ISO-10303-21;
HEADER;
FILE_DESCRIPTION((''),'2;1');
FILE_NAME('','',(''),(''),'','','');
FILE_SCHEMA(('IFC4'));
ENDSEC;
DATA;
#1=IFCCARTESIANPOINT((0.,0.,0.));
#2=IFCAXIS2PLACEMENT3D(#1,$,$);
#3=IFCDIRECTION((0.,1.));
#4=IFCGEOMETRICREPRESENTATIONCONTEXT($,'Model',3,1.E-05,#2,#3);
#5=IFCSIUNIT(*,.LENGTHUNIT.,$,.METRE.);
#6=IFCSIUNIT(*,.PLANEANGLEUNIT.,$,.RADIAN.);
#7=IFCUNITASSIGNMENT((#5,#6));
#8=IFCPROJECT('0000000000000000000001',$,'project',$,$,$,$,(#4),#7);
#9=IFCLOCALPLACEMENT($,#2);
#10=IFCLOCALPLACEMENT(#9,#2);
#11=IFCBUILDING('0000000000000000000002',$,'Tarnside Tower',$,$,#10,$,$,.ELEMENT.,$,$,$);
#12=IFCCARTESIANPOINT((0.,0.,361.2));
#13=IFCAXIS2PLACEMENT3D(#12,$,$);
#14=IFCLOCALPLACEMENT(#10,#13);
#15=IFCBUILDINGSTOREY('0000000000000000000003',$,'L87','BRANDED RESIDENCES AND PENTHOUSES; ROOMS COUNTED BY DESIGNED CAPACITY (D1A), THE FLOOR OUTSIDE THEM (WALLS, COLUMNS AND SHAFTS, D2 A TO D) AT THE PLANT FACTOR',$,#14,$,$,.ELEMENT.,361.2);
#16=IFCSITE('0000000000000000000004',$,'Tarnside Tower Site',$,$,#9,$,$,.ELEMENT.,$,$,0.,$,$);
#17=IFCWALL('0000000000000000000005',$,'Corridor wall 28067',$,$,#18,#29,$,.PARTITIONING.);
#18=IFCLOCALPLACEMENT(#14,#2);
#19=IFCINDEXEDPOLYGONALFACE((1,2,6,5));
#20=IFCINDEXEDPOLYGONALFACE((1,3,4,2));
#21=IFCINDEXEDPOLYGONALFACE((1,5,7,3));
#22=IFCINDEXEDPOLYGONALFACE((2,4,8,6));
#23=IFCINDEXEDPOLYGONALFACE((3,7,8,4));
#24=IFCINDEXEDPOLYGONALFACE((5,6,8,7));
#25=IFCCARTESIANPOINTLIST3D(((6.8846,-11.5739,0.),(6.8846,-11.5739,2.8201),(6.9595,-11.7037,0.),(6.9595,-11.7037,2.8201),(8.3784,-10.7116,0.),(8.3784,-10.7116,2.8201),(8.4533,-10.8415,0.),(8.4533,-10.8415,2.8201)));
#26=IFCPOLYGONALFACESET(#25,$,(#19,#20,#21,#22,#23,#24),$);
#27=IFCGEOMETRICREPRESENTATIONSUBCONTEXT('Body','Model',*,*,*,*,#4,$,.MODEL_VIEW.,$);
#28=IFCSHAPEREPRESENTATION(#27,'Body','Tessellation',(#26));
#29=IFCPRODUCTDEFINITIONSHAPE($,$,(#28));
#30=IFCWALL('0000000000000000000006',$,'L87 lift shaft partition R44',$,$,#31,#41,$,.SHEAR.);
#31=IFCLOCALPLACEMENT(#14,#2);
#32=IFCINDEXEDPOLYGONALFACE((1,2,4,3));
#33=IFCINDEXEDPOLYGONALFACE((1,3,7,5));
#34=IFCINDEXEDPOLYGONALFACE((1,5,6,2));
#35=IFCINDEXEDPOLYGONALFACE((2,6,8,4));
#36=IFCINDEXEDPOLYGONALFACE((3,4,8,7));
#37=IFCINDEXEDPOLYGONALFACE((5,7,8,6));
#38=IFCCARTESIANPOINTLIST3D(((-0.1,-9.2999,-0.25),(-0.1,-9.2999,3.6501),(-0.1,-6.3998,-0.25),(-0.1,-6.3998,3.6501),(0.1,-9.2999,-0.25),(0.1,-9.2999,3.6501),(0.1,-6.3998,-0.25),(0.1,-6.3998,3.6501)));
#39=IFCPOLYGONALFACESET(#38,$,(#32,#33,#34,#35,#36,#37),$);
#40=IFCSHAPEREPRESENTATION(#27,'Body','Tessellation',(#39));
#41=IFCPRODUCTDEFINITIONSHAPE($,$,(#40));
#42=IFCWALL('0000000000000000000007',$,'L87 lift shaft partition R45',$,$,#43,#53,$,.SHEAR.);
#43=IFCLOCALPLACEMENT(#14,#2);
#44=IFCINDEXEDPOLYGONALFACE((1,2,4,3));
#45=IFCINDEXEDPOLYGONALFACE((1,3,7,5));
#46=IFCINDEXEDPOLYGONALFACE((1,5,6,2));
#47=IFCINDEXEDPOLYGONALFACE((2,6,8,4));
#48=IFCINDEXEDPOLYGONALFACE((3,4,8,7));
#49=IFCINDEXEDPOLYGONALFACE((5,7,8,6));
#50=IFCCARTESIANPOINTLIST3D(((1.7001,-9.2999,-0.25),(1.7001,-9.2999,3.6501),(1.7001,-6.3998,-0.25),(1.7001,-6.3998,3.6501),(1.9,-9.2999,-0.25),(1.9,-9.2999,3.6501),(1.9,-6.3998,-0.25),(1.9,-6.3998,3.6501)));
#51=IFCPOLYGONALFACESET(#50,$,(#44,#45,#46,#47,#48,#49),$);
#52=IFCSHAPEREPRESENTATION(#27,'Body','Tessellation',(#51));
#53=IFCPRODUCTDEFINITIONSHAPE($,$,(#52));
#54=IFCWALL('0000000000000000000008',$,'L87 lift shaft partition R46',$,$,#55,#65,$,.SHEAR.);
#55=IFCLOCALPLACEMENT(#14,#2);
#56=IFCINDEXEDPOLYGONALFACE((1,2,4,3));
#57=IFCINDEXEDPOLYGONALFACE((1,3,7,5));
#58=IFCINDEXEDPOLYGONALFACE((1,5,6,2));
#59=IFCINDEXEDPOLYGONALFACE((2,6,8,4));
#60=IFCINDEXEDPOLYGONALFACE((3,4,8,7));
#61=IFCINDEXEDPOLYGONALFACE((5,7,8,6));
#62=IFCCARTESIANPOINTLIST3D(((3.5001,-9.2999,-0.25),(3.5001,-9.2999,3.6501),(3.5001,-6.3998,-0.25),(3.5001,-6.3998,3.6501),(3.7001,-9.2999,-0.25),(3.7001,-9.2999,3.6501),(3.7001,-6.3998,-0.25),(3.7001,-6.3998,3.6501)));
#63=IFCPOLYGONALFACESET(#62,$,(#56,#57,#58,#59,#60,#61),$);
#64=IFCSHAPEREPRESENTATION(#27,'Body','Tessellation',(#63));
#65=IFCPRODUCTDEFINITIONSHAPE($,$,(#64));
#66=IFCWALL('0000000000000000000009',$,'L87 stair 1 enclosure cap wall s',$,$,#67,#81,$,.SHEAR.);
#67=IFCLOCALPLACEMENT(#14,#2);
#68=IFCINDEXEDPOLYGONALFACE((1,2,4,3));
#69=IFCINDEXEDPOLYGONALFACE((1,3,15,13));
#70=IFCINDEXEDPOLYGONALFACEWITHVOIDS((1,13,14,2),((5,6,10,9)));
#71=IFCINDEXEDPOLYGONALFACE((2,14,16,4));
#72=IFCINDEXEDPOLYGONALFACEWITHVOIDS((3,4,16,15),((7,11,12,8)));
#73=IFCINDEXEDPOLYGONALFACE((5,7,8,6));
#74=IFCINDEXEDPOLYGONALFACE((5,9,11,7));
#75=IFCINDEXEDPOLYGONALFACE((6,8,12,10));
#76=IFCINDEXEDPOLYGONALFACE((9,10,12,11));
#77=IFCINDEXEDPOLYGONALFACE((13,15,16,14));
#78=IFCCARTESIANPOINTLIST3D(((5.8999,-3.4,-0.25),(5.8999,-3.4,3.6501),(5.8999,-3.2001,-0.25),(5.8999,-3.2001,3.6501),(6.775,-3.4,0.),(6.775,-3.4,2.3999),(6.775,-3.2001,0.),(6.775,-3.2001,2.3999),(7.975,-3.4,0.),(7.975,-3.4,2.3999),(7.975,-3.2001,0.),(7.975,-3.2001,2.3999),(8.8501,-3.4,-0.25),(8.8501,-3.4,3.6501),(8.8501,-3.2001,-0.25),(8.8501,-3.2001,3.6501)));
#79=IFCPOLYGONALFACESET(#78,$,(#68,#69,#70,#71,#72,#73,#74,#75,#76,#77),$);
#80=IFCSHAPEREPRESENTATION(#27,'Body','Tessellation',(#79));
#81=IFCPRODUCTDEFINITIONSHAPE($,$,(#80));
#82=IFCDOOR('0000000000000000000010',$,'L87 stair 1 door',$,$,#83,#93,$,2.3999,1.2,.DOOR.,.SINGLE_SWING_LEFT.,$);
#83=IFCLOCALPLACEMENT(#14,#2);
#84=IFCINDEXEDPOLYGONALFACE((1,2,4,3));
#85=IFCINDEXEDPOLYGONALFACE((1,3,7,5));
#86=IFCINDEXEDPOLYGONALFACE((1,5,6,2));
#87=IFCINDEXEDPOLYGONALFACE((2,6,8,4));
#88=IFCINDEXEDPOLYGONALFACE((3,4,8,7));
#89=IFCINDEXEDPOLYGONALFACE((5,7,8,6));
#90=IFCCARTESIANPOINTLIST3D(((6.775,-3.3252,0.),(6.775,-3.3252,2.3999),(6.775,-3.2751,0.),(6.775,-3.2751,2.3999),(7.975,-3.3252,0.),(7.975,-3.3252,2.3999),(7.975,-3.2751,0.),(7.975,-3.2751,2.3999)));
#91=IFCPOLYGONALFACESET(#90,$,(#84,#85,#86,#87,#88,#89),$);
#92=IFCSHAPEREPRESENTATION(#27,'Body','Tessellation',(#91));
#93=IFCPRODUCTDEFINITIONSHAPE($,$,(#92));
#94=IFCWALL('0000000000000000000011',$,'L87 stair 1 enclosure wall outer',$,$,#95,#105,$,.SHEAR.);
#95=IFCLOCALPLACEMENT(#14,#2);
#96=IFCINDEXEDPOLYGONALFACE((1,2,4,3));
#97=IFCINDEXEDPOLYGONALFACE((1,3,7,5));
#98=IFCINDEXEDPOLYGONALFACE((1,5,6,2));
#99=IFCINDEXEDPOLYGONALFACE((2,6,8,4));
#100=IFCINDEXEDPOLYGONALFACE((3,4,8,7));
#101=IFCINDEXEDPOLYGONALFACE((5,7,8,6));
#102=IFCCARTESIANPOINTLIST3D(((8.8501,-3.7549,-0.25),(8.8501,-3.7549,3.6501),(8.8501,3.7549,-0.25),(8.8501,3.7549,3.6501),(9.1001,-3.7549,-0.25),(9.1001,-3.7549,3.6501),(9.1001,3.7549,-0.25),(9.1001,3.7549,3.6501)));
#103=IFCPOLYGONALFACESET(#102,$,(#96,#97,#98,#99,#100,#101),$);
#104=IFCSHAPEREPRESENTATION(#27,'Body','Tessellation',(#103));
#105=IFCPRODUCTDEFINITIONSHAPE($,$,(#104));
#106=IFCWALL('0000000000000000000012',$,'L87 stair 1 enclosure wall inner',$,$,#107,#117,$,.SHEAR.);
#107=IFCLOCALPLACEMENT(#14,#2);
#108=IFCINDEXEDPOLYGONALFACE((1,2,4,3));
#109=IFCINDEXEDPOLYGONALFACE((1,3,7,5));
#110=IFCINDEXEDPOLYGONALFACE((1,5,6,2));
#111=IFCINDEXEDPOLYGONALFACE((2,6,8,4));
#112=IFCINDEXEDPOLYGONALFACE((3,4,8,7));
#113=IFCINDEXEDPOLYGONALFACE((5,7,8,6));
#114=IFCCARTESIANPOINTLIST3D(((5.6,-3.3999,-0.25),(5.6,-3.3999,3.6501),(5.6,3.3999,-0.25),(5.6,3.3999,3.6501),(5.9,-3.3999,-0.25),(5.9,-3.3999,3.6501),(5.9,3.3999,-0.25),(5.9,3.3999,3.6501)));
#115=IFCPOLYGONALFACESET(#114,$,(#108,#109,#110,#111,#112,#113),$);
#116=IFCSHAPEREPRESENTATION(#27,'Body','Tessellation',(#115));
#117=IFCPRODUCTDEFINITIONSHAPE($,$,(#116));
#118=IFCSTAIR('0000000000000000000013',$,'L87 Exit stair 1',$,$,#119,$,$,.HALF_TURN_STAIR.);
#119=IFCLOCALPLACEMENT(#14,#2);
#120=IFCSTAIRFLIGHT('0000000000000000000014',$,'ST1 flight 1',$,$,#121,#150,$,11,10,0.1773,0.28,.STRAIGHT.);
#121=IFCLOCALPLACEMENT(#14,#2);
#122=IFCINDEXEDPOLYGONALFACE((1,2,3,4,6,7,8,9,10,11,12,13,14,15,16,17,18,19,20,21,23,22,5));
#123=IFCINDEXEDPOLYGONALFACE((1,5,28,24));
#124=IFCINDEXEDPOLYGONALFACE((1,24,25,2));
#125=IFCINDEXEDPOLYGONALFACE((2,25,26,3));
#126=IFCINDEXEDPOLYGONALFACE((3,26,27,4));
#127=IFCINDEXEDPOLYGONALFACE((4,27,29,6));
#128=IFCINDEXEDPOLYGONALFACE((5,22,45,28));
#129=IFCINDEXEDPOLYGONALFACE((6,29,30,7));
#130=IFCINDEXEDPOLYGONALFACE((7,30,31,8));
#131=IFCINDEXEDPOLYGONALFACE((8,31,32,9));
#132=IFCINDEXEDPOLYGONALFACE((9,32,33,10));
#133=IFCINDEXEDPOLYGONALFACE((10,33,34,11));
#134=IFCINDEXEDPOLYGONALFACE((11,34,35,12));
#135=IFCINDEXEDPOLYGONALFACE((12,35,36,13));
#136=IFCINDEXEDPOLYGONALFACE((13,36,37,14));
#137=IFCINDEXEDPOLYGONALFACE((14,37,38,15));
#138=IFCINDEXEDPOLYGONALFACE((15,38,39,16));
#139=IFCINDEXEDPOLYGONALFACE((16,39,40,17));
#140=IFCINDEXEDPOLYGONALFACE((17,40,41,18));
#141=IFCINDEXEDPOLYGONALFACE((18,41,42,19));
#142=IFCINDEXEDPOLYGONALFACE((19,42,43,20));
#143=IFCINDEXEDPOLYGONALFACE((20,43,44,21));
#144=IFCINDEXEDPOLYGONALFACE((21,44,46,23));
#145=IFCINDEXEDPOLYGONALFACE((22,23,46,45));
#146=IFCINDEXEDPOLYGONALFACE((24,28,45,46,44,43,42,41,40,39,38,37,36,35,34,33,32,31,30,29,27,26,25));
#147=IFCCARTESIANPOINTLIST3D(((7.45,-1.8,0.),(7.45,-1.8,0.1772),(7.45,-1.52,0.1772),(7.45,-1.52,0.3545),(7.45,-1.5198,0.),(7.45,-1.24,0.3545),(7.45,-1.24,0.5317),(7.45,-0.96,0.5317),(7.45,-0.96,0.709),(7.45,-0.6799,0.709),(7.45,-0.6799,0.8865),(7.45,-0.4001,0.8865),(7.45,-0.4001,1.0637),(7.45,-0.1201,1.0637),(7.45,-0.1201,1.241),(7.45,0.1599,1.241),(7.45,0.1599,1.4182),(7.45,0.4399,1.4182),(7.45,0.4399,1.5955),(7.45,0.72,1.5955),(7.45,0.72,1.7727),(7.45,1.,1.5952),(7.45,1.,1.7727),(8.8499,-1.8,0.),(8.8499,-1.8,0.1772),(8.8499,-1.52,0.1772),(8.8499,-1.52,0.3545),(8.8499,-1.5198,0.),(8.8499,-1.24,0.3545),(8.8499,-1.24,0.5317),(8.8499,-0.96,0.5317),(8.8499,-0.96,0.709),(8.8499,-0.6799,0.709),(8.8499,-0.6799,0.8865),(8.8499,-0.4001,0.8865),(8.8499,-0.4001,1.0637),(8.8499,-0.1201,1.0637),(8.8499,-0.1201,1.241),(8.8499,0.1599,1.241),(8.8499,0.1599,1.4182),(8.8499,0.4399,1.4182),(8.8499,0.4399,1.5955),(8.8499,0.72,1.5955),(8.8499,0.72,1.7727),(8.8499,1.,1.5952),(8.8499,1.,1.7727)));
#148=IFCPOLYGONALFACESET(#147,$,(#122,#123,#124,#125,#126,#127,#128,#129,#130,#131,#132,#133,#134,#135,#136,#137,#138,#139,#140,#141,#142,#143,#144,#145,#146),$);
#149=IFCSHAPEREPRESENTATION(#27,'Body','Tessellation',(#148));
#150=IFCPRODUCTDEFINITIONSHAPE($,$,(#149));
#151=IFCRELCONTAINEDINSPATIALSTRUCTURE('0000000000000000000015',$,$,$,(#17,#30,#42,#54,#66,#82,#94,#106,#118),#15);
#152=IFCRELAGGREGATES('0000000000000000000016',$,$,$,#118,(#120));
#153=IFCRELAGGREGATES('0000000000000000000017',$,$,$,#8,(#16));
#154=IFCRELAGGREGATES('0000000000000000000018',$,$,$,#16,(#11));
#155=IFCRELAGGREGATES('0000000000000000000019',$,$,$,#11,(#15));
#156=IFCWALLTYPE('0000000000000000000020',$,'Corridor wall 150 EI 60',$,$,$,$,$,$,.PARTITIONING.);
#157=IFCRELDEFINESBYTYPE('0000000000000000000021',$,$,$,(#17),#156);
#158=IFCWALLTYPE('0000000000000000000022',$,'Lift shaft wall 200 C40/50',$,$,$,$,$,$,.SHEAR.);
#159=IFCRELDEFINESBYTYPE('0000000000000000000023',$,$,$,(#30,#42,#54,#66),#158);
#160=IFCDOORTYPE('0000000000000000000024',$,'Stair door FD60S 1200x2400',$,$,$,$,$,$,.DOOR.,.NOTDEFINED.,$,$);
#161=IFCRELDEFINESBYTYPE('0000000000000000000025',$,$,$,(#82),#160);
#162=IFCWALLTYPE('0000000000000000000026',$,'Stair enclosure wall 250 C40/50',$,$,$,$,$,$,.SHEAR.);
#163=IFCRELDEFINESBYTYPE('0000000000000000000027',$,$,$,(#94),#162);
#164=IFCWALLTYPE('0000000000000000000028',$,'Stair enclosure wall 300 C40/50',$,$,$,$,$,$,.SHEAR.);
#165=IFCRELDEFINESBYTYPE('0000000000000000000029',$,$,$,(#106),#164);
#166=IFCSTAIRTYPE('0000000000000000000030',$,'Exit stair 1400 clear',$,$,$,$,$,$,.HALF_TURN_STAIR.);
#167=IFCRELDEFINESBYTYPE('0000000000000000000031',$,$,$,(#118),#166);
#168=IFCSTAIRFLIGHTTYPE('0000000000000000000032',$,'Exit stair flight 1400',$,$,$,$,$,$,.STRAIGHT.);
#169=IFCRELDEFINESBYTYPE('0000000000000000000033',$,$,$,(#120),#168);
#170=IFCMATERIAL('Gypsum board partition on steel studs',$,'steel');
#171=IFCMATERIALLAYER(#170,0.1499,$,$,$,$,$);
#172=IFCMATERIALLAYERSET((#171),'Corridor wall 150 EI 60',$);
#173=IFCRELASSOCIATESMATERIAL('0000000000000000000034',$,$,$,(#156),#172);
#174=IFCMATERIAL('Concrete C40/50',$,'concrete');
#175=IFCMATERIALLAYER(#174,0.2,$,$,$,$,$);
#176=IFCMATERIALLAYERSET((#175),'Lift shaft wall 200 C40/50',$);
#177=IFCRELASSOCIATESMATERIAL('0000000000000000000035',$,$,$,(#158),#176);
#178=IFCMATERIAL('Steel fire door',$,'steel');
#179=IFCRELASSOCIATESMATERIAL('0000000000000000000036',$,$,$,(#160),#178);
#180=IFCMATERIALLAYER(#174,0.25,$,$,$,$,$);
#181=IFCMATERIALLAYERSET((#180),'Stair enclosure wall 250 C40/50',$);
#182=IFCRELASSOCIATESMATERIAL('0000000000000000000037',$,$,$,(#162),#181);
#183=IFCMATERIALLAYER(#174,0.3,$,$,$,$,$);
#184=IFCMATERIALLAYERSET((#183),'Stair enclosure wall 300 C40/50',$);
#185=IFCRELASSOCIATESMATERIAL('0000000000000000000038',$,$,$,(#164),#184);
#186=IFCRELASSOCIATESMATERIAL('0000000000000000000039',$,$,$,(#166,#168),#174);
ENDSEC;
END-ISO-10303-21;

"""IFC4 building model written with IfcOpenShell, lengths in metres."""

from ifc_helpers import new_model, si_unit, direction, frame, frame_2d, origin, place, context, subcontext, project, spatial, polyline, rectangle, outline, extrude, material, layer, layer_set, type_object, element, fill, aggregate, save


model = new_model("IFC4")

# Units and contexts
model_context = context("Model", 3, precision=1e-05, world=origin(), true_north=direction((0.0, 1.0)))
body_context = subcontext(model_context, "Body", "Model", "MODEL_VIEW")
ifc_project = project(units=[si_unit("LENGTHUNIT", "METRE"), si_unit("PLANEANGLEUNIT", "RADIAN")], contexts=[model_context])

# Site, building, storey
site_placement = place(None, origin())
site = spatial("IfcSite", under=ifc_project, at=site_placement, Name="Tarnside Tower Site", CompositionType="ELEMENT", RefElevation=0.0)
building_placement = place(site_placement, origin())
building = spatial("IfcBuilding", under=site, at=building_placement, Name="Tarnside Tower", CompositionType="ELEMENT")
storey_placement = place(building_placement, frame((0.0, 0.0, 361.2)))
storey = spatial("IfcBuildingStorey", under=building, at=storey_placement, Name="L87", Description="BRANDED RESIDENCES AND PENTHOUSES; ROOMS COUNTED BY DESIGNED CAPACITY (D1A), THE FLOOR OUTSIDE THEM (WALLS, COLUMNS AND SHAFTS, D2 A TO D) AT THE PLANT FACTOR", CompositionType="ELEMENT", Elevation=361.2)

# Shared definitions
ifc_material_1 = material(Name="Concrete C40/50", Category="concrete")
ifc_material_2 = material(Name="Steel fire door", Category="steel")

# Shared definitions
ifc_material_3 = material(Name="Gypsum board partition on steel studs", Category="steel")
ifc_layer_1 = layer(ifc_material_3, 0.1499)
ifc_layer_set_1 = layer_set([ifc_layer_1], Name="Corridor wall 150 EI 60")
wall_type_1 = type_object("IfcWallType", Name="Corridor wall 150 EI 60", PredefinedType="PARTITIONING", material=ifc_layer_set_1)

# Walls
wall_1_placement = place(storey_placement, frame((8.4158, -10.7766, 0.0), z_axis=(0.0, 0.0, 1.0), x_axis=(-0.866075, -0.499914, 0.0)))
element("IfcWall", 1, at=wall_1_placement, inside=storey, type_object=wall_type_1, Name="Corridor wall 28067", PredefinedType="PARTITIONING", context=body_context, shape_type="SweptSolid", body=[
    extrude(rectangle(XDim=1.7249, YDim=0.1499, at=frame_2d((0.8623, 0.0))), origin(), (0.0, 0.0, 1.0), 2.8201),
])
ifc_layer_2 = layer(ifc_material_1, 0.2)
ifc_layer_set_2 = layer_set([ifc_layer_2], Name="Lift shaft wall 200 C40/50")
wall_type_2 = type_object("IfcWallType", Name="Lift shaft wall 200 C40/50", PredefinedType="SHEAR", material=ifc_layer_set_2)
for number, where, z_axis, x_axis, name in (
    (2, (0.0, -9.3, -0.25), (0.0, 0.0, 1.0), (0.0, 1.0, 0.0), "L87 lift shaft partition R44"),
    (3, (1.8, -9.3, -0.25), (0.0, 0.0, 1.0), (0.0, 1.0, 0.0), "L87 lift shaft partition R45"),
    (4, (3.6001, -9.3, -0.25), (0.0, 0.0, 1.0), (0.0, 1.0, 0.0), "L87 lift shaft partition R46"),
):
    element("IfcWall", number, at=place(storey_placement, frame(where, z_axis=z_axis, x_axis=x_axis)), inside=storey, type_object=wall_type_2, Name=name, PredefinedType="SHEAR", context=body_context, shape_type="SweptSolid", body=[
        extrude(rectangle(XDim=2.9001, YDim=0.2, at=frame_2d((1.4502, 0.0))), origin(), (0.0, 0.0, 1.0), 3.9001),
    ])

# Wall, opening, door
wall_2_placement = place(storey_placement, frame((5.8999, -3.3, -0.25), z_axis=(0.0, 0.0, 1.0), x_axis=(1.0, 0.0, 0.0)))
wall_2 = element("IfcWall", 5, at=wall_2_placement, inside=storey, type_object=wall_type_2, Name="L87 stair 1 enclosure cap wall s", PredefinedType="SHEAR", context=body_context, shape_type="SweptSolid", body=[
    extrude(rectangle(XDim=2.9502, YDim=0.2, at=frame_2d((1.4751, 0.0))), origin(), (0.0, 0.0, 1.0), 3.9001),
])
opening_1_placement = place(wall_2_placement, frame((0.875, 0.0, 0.25)))
opening_1 = element("IfcOpeningElement", 6, at=opening_1_placement, cuts=wall_2, PredefinedType="OPENING", context=body_context, shape_type="SweptSolid", body=[
    extrude(rectangle(XDim=1.2, YDim=2.3999, at=frame_2d((0.6001, 1.2))), frame((0.0, 0.1099, 0.0), z_axis=(0.0, -1.0, 0.0), x_axis=(1.0, 0.0, 0.0)), (0.0, 0.0, 1.0), 0.22),
])
door_type_1 = type_object("IfcDoorType", Name="Stair door FD60S 1200x2400", OperationType="NOTDEFINED", PredefinedType="DOOR", material=ifc_material_2)
door_1_placement = place(opening_1_placement, origin())
door_1 = element("IfcDoor", 7, at=door_1_placement, inside=storey, type_object=door_type_1, Name="L87 stair 1 door", OperationType="SINGLE_SWING_LEFT", OverallHeight=2.3999, OverallWidth=1.2, PredefinedType="DOOR", context=body_context, shape_type="SweptSolid", body=[
    extrude(rectangle(XDim=1.2, YDim=2.3999, at=frame_2d((0.6001, 1.2))), frame((0.0, 0.0249, 0.0), z_axis=(0.0, -1.0, 0.0), x_axis=(1.0, 0.0, 0.0)), (0.0, 0.0, 1.0), 0.05),
])
fill(opening_1, door_1)

# Walls
ifc_layer_3 = layer(ifc_material_1, 0.25)
ifc_layer_set_3 = layer_set([ifc_layer_3], Name="Stair enclosure wall 250 C40/50")
wall_type_3 = type_object("IfcWallType", Name="Stair enclosure wall 250 C40/50", PredefinedType="SHEAR", material=ifc_layer_set_3)
wall_3_placement = place(storey_placement, frame((8.9751, -3.7549, -0.25), z_axis=(0.0, 0.0, 1.0), x_axis=(0.0, 1.0, 0.0)))
element("IfcWall", 8, at=wall_3_placement, inside=storey, type_object=wall_type_3, Name="L87 stair 1 enclosure wall outer", PredefinedType="SHEAR", context=body_context, shape_type="SweptSolid", body=[
    extrude(rectangle(XDim=7.5098, YDim=0.25, at=frame_2d((3.7549, 0.0))), origin(), (0.0, 0.0, 1.0), 3.9001),
])
ifc_layer_4 = layer(ifc_material_1, 0.3)
ifc_layer_set_4 = layer_set([ifc_layer_4], Name="Stair enclosure wall 300 C40/50")
wall_type_4 = type_object("IfcWallType", Name="Stair enclosure wall 300 C40/50", PredefinedType="SHEAR", material=ifc_layer_set_4)
wall_4_placement = place(storey_placement, frame((5.75, -3.3999, -0.25), z_axis=(0.0, 0.0, 1.0), x_axis=(0.0, 1.0, 0.0)))
element("IfcWall", 9, at=wall_4_placement, inside=storey, type_object=wall_type_4, Name="L87 stair 1 enclosure wall inner", PredefinedType="SHEAR", context=body_context, shape_type="SweptSolid", body=[
    extrude(rectangle(XDim=6.7998, YDim=0.3, at=frame_2d((3.3999, 0.0))), origin(), (0.0, 0.0, 1.0), 3.9001),
])

# Stair, stair flight
stair_type = type_object("IfcStairType", Name="Exit stair 1400 clear", PredefinedType="HALF_TURN_STAIR", material=ifc_material_1)
stair_placement = place(storey_placement, origin())
stair = element("IfcStair", 10, at=stair_placement, inside=storey, type_object=stair_type, Name="L87 Exit stair 1", PredefinedType="HALF_TURN_STAIR")
stair_flight_type = type_object("IfcStairFlightType", Name="Exit stair flight 1400", PredefinedType="STRAIGHT", material=ifc_material_1)
stair_flight_placement = place(storey_placement, frame((8.1499, -1.8, 0.0), z_axis=(0.0, 0.0, 1.0), x_axis=(0.0, 1.0, 0.0)))
stair_flight = element("IfcStairFlight", 11, at=stair_flight_placement, type_object=stair_flight_type, Name="ST1 flight 1", NumberOfRisers=11, NumberOfTreads=10, PredefinedType="STRAIGHT", RiserHeight=0.1773, TreadLength=0.28, context=body_context, shape_type="SweptSolid", body=[
    extrude(outline(polyline([(0.0, 0.0), (0.0, 0.1772), (0.28, 0.1772), (0.28, 0.3545), (0.5601, 0.3545), (0.5601, 0.5317), (0.8401, 0.5317), (0.8401, 0.709), (1.1201, 0.709), (1.1201, 0.8865), (1.3999, 0.8865), (1.3999, 1.0637), (1.6799, 1.0637), (1.6799, 1.241), (1.96, 1.241), (1.96, 1.4182), (2.24, 1.4182), (2.24, 1.5955), (2.52, 1.5955), (2.52, 1.7727), (2.8, 1.7727), (2.8, 1.95), (2.8, 1.5952), (0.2803, 0.0), (0.0, 0.0)])), frame((0.0, 0.7, 0.0), z_axis=(0.0, -1.0, 0.0), x_axis=(1.0, 0.0, 0.0)), (0.0, 0.0, 1.0), 1.3999),
])
aggregate(stair, [stair_flight])

save(model, "model.ifc")
